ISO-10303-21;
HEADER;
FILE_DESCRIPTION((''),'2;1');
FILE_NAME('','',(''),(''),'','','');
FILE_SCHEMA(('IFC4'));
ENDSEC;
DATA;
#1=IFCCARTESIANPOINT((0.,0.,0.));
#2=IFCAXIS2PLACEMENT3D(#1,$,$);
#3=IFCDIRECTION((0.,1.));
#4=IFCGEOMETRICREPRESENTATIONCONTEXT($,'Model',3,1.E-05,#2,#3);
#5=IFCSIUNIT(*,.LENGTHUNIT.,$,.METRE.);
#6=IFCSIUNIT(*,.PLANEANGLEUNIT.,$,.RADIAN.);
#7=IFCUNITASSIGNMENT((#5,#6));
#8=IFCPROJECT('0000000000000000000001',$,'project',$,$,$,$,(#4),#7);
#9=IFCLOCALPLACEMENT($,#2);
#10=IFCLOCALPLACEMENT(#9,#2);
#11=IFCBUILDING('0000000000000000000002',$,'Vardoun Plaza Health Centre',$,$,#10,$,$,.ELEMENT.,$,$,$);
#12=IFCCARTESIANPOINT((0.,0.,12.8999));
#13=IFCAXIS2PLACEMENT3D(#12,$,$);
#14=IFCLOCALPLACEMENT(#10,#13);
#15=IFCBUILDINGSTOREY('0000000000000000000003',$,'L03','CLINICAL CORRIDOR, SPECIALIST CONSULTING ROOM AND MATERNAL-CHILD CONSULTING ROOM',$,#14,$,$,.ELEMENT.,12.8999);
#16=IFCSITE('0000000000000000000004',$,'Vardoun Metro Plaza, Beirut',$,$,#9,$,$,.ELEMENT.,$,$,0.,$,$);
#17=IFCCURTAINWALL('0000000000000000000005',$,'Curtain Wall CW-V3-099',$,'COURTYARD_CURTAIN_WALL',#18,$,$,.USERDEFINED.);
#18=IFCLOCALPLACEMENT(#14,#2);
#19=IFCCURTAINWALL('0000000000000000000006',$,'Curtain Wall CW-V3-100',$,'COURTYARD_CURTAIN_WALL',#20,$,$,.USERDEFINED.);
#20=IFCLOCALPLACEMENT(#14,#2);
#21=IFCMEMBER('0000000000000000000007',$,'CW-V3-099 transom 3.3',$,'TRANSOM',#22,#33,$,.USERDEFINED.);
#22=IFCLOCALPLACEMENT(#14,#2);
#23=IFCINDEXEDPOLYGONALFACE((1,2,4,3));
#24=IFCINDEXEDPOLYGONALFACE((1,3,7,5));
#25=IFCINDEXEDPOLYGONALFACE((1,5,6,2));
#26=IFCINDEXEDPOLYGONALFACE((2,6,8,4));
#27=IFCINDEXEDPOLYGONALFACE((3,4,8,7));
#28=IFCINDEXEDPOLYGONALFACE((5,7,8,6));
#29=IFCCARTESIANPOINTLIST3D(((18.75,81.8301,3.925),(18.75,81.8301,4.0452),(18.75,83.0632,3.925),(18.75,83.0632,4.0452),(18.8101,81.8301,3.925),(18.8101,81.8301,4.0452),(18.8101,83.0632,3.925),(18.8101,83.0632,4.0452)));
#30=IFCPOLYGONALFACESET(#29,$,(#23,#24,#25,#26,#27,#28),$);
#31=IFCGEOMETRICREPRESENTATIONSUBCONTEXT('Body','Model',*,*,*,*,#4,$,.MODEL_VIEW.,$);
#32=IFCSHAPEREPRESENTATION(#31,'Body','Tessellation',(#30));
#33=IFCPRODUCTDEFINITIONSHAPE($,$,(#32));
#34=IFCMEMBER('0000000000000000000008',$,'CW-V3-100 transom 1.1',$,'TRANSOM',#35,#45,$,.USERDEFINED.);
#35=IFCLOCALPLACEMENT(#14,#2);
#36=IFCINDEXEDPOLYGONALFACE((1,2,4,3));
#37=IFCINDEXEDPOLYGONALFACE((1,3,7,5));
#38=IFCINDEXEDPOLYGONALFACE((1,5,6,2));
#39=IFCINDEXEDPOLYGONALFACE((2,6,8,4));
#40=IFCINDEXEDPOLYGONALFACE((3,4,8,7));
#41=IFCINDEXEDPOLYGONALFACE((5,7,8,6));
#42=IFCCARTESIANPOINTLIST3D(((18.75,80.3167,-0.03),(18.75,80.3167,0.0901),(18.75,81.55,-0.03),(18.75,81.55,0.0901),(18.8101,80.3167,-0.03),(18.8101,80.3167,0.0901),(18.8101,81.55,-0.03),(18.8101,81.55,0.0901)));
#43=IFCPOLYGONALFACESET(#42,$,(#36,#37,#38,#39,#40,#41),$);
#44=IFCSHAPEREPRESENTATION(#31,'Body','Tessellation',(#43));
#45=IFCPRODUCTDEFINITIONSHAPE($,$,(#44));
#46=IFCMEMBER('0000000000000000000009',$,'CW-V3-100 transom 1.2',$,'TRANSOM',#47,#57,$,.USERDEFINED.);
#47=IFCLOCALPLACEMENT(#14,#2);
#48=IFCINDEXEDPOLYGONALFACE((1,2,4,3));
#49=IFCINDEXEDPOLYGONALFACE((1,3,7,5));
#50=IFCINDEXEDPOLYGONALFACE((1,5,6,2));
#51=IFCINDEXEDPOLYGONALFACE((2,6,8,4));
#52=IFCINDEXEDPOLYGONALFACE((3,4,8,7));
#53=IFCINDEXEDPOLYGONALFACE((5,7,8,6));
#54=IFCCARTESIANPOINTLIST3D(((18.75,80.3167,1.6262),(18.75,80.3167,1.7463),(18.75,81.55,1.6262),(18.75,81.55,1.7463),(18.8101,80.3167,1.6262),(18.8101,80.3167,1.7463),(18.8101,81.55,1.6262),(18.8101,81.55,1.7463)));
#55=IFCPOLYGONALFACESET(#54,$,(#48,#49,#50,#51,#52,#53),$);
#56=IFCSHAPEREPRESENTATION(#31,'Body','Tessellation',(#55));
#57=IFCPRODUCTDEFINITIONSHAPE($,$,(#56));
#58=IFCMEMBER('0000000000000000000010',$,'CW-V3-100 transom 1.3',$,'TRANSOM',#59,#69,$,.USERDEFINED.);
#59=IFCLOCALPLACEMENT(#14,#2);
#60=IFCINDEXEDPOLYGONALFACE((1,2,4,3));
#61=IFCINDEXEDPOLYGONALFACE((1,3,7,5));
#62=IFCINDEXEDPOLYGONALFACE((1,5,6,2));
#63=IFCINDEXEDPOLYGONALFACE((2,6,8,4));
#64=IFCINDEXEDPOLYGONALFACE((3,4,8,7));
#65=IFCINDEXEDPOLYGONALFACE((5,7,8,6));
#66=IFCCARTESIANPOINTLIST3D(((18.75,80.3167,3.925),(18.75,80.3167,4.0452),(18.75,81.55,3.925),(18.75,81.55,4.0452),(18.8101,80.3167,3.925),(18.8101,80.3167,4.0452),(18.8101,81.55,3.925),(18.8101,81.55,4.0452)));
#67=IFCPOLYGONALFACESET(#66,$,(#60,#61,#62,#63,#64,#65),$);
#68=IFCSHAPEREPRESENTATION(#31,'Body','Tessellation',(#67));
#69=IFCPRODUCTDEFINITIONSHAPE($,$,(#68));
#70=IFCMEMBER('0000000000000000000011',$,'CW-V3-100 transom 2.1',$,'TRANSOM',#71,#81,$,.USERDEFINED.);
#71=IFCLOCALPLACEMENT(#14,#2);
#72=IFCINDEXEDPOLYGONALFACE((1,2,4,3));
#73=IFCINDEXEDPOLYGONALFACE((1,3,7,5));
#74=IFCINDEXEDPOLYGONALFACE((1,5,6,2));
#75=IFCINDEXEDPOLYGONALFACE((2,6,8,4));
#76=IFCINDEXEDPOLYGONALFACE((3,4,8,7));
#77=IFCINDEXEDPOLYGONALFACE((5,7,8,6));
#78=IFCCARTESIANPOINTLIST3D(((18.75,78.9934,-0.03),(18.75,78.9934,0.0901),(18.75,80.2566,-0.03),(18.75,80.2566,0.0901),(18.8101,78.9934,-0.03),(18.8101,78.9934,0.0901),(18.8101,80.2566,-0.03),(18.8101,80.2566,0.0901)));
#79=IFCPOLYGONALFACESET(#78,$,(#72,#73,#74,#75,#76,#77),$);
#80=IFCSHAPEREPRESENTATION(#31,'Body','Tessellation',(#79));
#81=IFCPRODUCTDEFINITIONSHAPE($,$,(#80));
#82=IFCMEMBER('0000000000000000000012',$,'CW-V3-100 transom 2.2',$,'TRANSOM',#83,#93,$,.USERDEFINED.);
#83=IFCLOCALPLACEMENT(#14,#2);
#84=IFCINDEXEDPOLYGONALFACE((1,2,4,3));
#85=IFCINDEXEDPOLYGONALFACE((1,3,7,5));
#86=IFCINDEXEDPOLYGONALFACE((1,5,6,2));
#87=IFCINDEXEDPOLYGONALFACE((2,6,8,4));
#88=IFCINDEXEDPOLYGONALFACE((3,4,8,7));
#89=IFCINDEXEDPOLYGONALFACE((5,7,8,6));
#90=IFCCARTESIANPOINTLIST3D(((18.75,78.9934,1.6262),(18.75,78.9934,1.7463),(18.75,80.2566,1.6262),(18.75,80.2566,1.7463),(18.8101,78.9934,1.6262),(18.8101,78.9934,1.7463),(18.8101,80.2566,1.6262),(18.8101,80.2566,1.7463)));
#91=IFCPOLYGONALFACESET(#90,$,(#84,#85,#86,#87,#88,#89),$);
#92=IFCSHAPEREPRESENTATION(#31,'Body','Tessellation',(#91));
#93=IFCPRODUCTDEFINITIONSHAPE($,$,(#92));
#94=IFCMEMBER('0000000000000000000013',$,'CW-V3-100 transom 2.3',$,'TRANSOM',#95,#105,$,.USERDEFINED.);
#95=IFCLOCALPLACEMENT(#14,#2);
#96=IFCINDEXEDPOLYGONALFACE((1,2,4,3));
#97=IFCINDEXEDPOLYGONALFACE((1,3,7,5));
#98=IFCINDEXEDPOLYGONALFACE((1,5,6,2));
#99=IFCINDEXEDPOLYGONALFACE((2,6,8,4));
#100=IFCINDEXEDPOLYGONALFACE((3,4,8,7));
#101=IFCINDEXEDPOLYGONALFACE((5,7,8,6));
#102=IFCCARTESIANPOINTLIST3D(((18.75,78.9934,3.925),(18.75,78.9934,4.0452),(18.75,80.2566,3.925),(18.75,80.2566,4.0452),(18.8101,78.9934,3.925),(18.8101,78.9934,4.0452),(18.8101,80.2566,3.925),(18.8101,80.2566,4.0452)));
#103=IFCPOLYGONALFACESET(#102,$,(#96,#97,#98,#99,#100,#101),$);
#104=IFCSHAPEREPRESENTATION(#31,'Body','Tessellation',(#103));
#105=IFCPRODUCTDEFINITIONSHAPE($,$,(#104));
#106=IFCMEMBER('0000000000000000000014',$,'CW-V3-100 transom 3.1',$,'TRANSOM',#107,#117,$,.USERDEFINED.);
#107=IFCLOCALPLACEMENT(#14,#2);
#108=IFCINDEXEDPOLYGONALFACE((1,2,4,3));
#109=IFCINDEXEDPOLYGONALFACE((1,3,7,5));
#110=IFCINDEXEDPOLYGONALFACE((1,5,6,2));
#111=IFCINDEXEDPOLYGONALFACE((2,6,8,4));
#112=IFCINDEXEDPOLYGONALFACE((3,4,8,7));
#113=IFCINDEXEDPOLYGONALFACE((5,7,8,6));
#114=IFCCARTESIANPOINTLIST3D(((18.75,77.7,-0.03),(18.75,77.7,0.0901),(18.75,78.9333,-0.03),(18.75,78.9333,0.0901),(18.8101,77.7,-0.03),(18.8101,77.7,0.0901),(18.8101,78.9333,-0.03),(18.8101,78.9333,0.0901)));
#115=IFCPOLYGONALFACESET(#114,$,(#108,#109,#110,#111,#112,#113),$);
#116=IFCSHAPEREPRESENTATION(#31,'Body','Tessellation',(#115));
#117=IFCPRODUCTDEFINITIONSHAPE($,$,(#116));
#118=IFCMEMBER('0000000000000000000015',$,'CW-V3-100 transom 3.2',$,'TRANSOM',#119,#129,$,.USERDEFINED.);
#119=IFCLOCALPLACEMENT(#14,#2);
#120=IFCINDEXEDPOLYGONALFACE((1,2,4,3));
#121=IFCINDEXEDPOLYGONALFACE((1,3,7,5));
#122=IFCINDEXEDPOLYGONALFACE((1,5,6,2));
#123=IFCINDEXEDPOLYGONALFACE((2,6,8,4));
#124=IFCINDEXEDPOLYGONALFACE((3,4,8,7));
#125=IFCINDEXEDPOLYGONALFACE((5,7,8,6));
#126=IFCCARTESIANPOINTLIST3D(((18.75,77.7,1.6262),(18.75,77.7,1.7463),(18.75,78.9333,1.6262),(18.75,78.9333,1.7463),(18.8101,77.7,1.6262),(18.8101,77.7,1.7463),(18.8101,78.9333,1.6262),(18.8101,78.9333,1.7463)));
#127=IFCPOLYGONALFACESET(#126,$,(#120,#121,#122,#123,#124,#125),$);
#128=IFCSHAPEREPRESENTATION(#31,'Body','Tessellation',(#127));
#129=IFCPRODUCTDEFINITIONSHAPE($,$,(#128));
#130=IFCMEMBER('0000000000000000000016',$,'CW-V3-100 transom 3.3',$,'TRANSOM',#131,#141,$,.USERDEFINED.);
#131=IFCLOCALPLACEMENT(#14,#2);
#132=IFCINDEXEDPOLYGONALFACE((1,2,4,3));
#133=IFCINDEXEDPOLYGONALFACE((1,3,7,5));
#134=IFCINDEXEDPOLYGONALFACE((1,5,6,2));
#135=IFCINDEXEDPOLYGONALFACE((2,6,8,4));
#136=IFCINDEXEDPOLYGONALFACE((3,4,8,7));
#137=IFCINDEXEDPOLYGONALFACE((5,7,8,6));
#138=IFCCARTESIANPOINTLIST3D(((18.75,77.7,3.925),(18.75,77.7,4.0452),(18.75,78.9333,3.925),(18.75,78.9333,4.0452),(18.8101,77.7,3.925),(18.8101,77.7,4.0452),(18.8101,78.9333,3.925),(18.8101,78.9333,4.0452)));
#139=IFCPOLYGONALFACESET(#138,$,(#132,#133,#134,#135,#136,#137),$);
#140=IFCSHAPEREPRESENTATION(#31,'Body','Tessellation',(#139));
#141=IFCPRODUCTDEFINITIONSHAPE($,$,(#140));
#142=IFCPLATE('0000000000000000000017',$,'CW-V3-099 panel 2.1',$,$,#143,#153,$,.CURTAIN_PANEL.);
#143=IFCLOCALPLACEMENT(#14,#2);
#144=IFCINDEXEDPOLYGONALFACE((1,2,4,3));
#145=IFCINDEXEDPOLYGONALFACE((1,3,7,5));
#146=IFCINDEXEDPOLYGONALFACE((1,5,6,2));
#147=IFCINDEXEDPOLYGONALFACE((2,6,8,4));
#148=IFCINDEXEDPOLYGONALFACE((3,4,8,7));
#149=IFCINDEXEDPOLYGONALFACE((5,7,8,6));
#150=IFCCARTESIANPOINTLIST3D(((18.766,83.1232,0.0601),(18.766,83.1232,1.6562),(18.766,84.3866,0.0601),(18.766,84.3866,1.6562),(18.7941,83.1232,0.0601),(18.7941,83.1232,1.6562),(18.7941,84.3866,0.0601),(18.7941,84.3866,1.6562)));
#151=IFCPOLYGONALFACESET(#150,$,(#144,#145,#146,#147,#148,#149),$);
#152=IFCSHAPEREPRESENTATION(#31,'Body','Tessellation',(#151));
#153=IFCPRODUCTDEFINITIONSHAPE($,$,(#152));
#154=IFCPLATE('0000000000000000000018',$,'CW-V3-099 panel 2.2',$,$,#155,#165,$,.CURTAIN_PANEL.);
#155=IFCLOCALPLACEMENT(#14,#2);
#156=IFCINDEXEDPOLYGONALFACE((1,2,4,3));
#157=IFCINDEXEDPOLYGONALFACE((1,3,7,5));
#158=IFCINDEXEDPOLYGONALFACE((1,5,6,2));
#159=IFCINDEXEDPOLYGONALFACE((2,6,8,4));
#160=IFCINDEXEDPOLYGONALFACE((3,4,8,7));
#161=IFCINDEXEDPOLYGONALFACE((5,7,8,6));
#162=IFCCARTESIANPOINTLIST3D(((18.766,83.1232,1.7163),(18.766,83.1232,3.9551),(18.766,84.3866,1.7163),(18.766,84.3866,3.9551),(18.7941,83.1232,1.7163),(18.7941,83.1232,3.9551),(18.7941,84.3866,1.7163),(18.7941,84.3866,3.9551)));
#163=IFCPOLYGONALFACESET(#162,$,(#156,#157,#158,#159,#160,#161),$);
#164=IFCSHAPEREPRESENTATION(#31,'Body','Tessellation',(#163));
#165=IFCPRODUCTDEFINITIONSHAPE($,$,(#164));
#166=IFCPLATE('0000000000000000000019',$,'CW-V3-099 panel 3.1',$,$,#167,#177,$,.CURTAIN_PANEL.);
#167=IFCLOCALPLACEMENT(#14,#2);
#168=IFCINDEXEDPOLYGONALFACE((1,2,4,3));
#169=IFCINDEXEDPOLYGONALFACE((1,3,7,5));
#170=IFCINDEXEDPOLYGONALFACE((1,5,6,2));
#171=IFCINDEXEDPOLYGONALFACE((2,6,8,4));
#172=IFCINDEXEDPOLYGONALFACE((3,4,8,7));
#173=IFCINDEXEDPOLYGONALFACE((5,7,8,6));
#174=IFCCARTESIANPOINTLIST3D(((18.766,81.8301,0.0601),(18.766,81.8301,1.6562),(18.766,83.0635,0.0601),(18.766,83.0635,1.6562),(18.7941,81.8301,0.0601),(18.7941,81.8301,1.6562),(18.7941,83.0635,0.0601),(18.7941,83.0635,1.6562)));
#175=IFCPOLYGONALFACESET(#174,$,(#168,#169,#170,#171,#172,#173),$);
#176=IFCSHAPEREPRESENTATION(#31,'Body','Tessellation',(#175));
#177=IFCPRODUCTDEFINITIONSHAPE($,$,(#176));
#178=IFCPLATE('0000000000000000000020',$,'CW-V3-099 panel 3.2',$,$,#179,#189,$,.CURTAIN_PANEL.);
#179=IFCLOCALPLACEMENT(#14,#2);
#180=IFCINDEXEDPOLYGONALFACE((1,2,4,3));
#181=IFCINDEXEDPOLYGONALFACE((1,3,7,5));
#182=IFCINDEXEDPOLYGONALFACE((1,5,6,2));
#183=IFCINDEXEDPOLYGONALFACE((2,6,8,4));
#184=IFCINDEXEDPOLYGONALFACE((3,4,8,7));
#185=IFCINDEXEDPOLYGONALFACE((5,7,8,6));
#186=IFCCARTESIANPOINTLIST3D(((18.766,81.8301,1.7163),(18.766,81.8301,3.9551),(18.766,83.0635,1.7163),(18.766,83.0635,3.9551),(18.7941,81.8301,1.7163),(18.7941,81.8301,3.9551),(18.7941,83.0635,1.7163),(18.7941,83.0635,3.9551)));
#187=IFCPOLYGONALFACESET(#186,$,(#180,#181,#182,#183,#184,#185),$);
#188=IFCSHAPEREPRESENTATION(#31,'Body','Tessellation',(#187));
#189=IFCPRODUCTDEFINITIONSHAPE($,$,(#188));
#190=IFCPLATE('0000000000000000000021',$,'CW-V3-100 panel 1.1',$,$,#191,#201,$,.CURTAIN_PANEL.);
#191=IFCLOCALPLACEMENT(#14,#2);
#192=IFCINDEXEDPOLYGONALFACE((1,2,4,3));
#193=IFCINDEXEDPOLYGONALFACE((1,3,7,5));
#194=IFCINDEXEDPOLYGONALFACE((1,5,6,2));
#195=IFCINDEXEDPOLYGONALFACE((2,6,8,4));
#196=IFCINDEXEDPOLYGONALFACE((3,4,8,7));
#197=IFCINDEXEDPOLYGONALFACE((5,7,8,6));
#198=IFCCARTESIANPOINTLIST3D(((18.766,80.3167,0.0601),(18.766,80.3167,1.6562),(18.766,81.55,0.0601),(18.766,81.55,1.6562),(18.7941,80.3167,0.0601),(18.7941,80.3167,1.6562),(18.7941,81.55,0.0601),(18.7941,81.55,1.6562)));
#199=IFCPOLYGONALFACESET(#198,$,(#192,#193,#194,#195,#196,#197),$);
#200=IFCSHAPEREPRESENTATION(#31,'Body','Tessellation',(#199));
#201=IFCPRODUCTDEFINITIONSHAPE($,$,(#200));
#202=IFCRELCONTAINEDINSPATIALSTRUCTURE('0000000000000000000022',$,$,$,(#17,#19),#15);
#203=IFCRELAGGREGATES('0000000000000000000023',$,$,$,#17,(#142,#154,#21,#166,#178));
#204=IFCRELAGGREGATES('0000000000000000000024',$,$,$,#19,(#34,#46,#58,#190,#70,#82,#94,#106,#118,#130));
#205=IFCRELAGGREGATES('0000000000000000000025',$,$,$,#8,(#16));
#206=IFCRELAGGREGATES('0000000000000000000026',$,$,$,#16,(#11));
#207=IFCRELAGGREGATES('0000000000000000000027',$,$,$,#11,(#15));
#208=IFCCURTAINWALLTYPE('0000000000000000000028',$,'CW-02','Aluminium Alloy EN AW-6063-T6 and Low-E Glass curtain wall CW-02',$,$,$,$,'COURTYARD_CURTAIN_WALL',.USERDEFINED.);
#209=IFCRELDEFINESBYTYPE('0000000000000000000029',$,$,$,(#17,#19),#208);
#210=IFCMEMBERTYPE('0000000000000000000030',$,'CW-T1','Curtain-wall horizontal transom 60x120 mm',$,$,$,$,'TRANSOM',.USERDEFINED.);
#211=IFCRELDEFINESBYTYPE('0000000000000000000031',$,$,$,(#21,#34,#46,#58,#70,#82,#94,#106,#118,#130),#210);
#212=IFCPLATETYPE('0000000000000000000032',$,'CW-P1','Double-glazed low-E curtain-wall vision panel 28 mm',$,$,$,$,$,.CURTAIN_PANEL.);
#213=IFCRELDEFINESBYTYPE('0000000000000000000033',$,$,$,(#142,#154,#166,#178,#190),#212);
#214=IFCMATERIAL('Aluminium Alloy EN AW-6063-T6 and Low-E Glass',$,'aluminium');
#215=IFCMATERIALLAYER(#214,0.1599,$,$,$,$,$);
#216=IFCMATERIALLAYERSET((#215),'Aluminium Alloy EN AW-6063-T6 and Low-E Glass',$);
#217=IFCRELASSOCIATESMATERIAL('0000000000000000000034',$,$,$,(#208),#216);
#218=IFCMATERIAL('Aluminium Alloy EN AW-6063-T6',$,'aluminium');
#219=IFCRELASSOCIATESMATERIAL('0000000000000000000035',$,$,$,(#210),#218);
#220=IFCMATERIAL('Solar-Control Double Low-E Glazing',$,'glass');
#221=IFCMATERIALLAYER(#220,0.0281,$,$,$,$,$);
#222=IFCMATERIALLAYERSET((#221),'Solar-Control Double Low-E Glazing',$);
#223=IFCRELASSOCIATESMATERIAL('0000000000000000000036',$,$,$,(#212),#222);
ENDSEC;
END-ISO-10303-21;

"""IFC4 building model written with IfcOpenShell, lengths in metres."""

from ifc_helpers import new_model, si_unit, direction, frame, origin, origin_2d, place, context, subcontext, project, spatial, rectangle, extrude, material, layer, layer_set, material_profile, profile_set, type_object, element, aggregate, save


model = new_model("IFC4")

# Units and contexts
model_context = context("Model", 3, precision=1e-05, world=origin(), true_north=direction((0.0, 1.0)))
body_context = subcontext(model_context, "Body", "Model", "MODEL_VIEW")
ifc_project = project(units=[si_unit("LENGTHUNIT", "METRE"), si_unit("PLANEANGLEUNIT", "RADIAN")], contexts=[model_context])

# Site, building, storey
site_placement = place(None, origin())
site = spatial("IfcSite", under=ifc_project, at=site_placement, Name="Vardoun Metro Plaza, Beirut", CompositionType="ELEMENT", RefElevation=0.0)
building_placement = place(site_placement, origin())
building = spatial("IfcBuilding", under=site, at=building_placement, Name="Vardoun Plaza Health Centre", CompositionType="ELEMENT")
storey_placement = place(building_placement, frame((0.0, 0.0, 12.8999)))
storey = spatial("IfcBuildingStorey", under=building, at=storey_placement, Name="L03", Description="CLINICAL CORRIDOR, SPECIALIST CONSULTING ROOM AND MATERNAL-CHILD CONSULTING ROOM", CompositionType="ELEMENT", Elevation=12.8999)

# Curtain walls
ifc_material_1 = material(Name="Aluminium Alloy EN AW-6063-T6 and Low-E Glass", Category="aluminium")
ifc_layer_1 = layer(ifc_material_1, 0.1599)
ifc_layer_set_1 = layer_set([ifc_layer_1], Name="Aluminium Alloy EN AW-6063-T6 and Low-E Glass")
curtain_wall_type = type_object("IfcCurtainWallType", Name="CW-02", Description="Aluminium Alloy EN AW-6063-T6 and Low-E Glass curtain wall CW-02", ElementType="COURTYARD_CURTAIN_WALL", PredefinedType="USERDEFINED", material=ifc_layer_set_1)
curtain_wall_1_placement = place(storey_placement, origin())
curtain_wall_1 = element("IfcCurtainWall", 1, at=curtain_wall_1_placement, inside=storey, type_object=curtain_wall_type, Name="Curtain Wall CW-V3-099", ObjectType="COURTYARD_CURTAIN_WALL", PredefinedType="USERDEFINED")
curtain_wall_2_placement = place(storey_placement, origin())
curtain_wall_2 = element("IfcCurtainWall", 2, at=curtain_wall_2_placement, inside=storey, type_object=curtain_wall_type, Name="Curtain Wall CW-V3-100", ObjectType="COURTYARD_CURTAIN_WALL", PredefinedType="USERDEFINED")

# Members
ifc_material_2 = material(Name="Aluminium Alloy EN AW-6063-T6", Category="aluminium")
ifc_material_profile_1 = material_profile(ifc_material_2, rectangle(XDim=0.0601, YDim=0.1201, at=origin_2d()), Name="CWT 60x120")
ifc_profile_set_1 = profile_set([ifc_material_profile_1], Name="Aluminium Alloy EN AW-6063-T6")
member_type_1 = type_object("IfcMemberType", Name="CW-T1", Description="Curtain-wall horizontal transom 60x120 mm", ElementType="TRANSOM", PredefinedType="USERDEFINED", material=ifc_profile_set_1)
member_1_placement = place(storey_placement, frame((18.78, 83.0632, 3.9851), z_axis=(0.0, -1.0, 0.0), x_axis=(1.0, 0.0, 0.0)))
member_1 = element("IfcMember", 3, at=member_1_placement, type_object=member_type_1, Name="CW-V3-099 transom 3.3", ObjectType="TRANSOM", PredefinedType="USERDEFINED", context=body_context, shape_type="SweptSolid", body=[
    extrude(rectangle(XDim=0.0601, YDim=0.1201, at=origin_2d()), origin(), (0.0, 0.0, 1.0), 1.2332),
])
member_2_placement = place(storey_placement, frame((18.78, 81.55, 0.03), z_axis=(0.0, -1.0, 0.0), x_axis=(1.0, 0.0, 0.0)))
member_2 = element("IfcMember", 4, at=member_2_placement, type_object=member_type_1, Name="CW-V3-100 transom 1.1", ObjectType="TRANSOM", PredefinedType="USERDEFINED", context=body_context, shape_type="SweptSolid", body=[
    extrude(rectangle(XDim=0.0601, YDim=0.1201, at=origin_2d()), origin(), (0.0, 0.0, 1.0), 1.2334),
])
member_3_placement = place(storey_placement, frame((18.78, 81.55, 1.6863), z_axis=(0.0, -1.0, 0.0), x_axis=(1.0, 0.0, 0.0)))
member_3 = element("IfcMember", 5, at=member_3_placement, type_object=member_type_1, Name="CW-V3-100 transom 1.2", ObjectType="TRANSOM", PredefinedType="USERDEFINED", context=body_context, shape_type="SweptSolid", body=[
    extrude(rectangle(XDim=0.0601, YDim=0.1201, at=origin_2d()), origin(), (0.0, 0.0, 1.0), 1.2334),
])
member_4_placement = place(storey_placement, frame((18.78, 81.55, 3.9851), z_axis=(0.0, -1.0, 0.0), x_axis=(1.0, 0.0, 0.0)))
member_4 = element("IfcMember", 6, at=member_4_placement, type_object=member_type_1, Name="CW-V3-100 transom 1.3", ObjectType="TRANSOM", PredefinedType="USERDEFINED", context=body_context, shape_type="SweptSolid", body=[
    extrude(rectangle(XDim=0.0601, YDim=0.1201, at=origin_2d()), origin(), (0.0, 0.0, 1.0), 1.2334),
])
member_5_placement = place(storey_placement, frame((18.78, 80.2566, 0.03), z_axis=(0.0, -1.0, 0.0), x_axis=(1.0, 0.0, 0.0)))
member_5 = element("IfcMember", 7, at=member_5_placement, type_object=member_type_1, Name="CW-V3-100 transom 2.1", ObjectType="TRANSOM", PredefinedType="USERDEFINED", context=body_context, shape_type="SweptSolid", body=[
    extrude(rectangle(XDim=0.0601, YDim=0.1201, at=origin_2d()), origin(), (0.0, 0.0, 1.0), 1.2632),
])
member_6_placement = place(storey_placement, frame((18.78, 80.2566, 1.6863), z_axis=(0.0, -1.0, 0.0), x_axis=(1.0, 0.0, 0.0)))
member_6 = element("IfcMember", 8, at=member_6_placement, type_object=member_type_1, Name="CW-V3-100 transom 2.2", ObjectType="TRANSOM", PredefinedType="USERDEFINED", context=body_context, shape_type="SweptSolid", body=[
    extrude(rectangle(XDim=0.0601, YDim=0.1201, at=origin_2d()), origin(), (0.0, 0.0, 1.0), 1.2632),
])
member_7_placement = place(storey_placement, frame((18.78, 80.2566, 3.9851), z_axis=(0.0, -1.0, 0.0), x_axis=(1.0, 0.0, 0.0)))
member_7 = element("IfcMember", 9, at=member_7_placement, type_object=member_type_1, Name="CW-V3-100 transom 2.3", ObjectType="TRANSOM", PredefinedType="USERDEFINED", context=body_context, shape_type="SweptSolid", body=[
    extrude(rectangle(XDim=0.0601, YDim=0.1201, at=origin_2d()), origin(), (0.0, 0.0, 1.0), 1.2632),
])
member_8_placement = place(storey_placement, frame((18.78, 78.9333, 0.03), z_axis=(0.0, -1.0, 0.0), x_axis=(1.0, 0.0, 0.0)))
member_8 = element("IfcMember", 10, at=member_8_placement, type_object=member_type_1, Name="CW-V3-100 transom 3.1", ObjectType="TRANSOM", PredefinedType="USERDEFINED", context=body_context, shape_type="SweptSolid", body=[
    extrude(rectangle(XDim=0.0601, YDim=0.1201, at=origin_2d()), origin(), (0.0, 0.0, 1.0), 1.2334),
])
member_9_placement = place(storey_placement, frame((18.78, 78.9333, 1.6863), z_axis=(0.0, -1.0, 0.0), x_axis=(1.0, 0.0, 0.0)))
member_9 = element("IfcMember", 11, at=member_9_placement, type_object=member_type_1, Name="CW-V3-100 transom 3.2", ObjectType="TRANSOM", PredefinedType="USERDEFINED", context=body_context, shape_type="SweptSolid", body=[
    extrude(rectangle(XDim=0.0601, YDim=0.1201, at=origin_2d()), origin(), (0.0, 0.0, 1.0), 1.2334),
])
member_10_placement = place(storey_placement, frame((18.78, 78.9333, 3.9851), z_axis=(0.0, -1.0, 0.0), x_axis=(1.0, 0.0, 0.0)))
member_10 = element("IfcMember", 12, at=member_10_placement, type_object=member_type_1, Name="CW-V3-100 transom 3.3", ObjectType="TRANSOM", PredefinedType="USERDEFINED", context=body_context, shape_type="SweptSolid", body=[
    extrude(rectangle(XDim=0.0601, YDim=0.1201, at=origin_2d()), origin(), (0.0, 0.0, 1.0), 1.2334),
])

# Plates
ifc_material_3 = material(Name="Solar-Control Double Low-E Glazing", Category="glass")
ifc_layer_2 = layer(ifc_material_3, 0.0281)
ifc_layer_set_2 = layer_set([ifc_layer_2], Name="Solar-Control Double Low-E Glazing")
plate_type = type_object("IfcPlateType", Name="CW-P1", Description="Double-glazed low-E curtain-wall vision panel 28 mm", PredefinedType="CURTAIN_PANEL", material=ifc_layer_set_2)
plate_1_placement = place(storey_placement, frame((18.78, 83.7549, 0.0601), z_axis=(0.0, 0.0, 1.0), x_axis=(0.0, -1.0, 0.0)))
plate_1 = element("IfcPlate", 13, at=plate_1_placement, type_object=plate_type, Name="CW-V3-099 panel 2.1", PredefinedType="CURTAIN_PANEL", context=body_context, shape_type="SweptSolid", body=[
    extrude(rectangle(XDim=1.2634, YDim=0.0281, at=origin_2d()), origin(), (0.0, 0.0, 1.0), 1.5962),
])
plate_2_placement = place(storey_placement, frame((18.78, 83.7549, 1.7163), z_axis=(0.0, 0.0, 1.0), x_axis=(0.0, -1.0, 0.0)))
plate_2 = element("IfcPlate", 14, at=plate_2_placement, type_object=plate_type, Name="CW-V3-099 panel 2.2", PredefinedType="CURTAIN_PANEL", context=body_context, shape_type="SweptSolid", body=[
    extrude(rectangle(XDim=1.2634, YDim=0.0281, at=origin_2d()), origin(), (0.0, 0.0, 1.0), 2.2388),
])
plate_3_placement = place(storey_placement, frame((18.78, 82.4468, 0.0601), z_axis=(0.0, 0.0, 1.0), x_axis=(0.0, -1.0, 0.0)))
plate_3 = element("IfcPlate", 15, at=plate_3_placement, type_object=plate_type, Name="CW-V3-099 panel 3.1", PredefinedType="CURTAIN_PANEL", context=body_context, shape_type="SweptSolid", body=[
    extrude(rectangle(XDim=1.2334, YDim=0.0281, at=origin_2d()), origin(), (0.0, 0.0, 1.0), 1.5962),
])
plate_4_placement = place(storey_placement, frame((18.78, 82.4468, 1.7163), z_axis=(0.0, 0.0, 1.0), x_axis=(0.0, -1.0, 0.0)))
plate_4 = element("IfcPlate", 16, at=plate_4_placement, type_object=plate_type, Name="CW-V3-099 panel 3.2", PredefinedType="CURTAIN_PANEL", context=body_context, shape_type="SweptSolid", body=[
    extrude(rectangle(XDim=1.2334, YDim=0.0281, at=origin_2d()), origin(), (0.0, 0.0, 1.0), 2.2388),
])
aggregate(curtain_wall_1, [plate_1, plate_2, member_1, plate_3, plate_4])
plate_5_placement = place(storey_placement, frame((18.78, 80.9333, 0.0601), z_axis=(0.0, 0.0, 1.0), x_axis=(0.0, -1.0, 0.0)))
plate_5 = element("IfcPlate", 17, at=plate_5_placement, type_object=plate_type, Name="CW-V3-100 panel 1.1", PredefinedType="CURTAIN_PANEL", context=body_context, shape_type="SweptSolid", body=[
    extrude(rectangle(XDim=1.2334, YDim=0.0281, at=origin_2d()), origin(), (0.0, 0.0, 1.0), 1.5962),
])
aggregate(curtain_wall_2, [member_2, member_3, member_4, plate_5, member_5, member_6, member_7, member_8, member_9, member_10])

save(model, "model.ifc")
